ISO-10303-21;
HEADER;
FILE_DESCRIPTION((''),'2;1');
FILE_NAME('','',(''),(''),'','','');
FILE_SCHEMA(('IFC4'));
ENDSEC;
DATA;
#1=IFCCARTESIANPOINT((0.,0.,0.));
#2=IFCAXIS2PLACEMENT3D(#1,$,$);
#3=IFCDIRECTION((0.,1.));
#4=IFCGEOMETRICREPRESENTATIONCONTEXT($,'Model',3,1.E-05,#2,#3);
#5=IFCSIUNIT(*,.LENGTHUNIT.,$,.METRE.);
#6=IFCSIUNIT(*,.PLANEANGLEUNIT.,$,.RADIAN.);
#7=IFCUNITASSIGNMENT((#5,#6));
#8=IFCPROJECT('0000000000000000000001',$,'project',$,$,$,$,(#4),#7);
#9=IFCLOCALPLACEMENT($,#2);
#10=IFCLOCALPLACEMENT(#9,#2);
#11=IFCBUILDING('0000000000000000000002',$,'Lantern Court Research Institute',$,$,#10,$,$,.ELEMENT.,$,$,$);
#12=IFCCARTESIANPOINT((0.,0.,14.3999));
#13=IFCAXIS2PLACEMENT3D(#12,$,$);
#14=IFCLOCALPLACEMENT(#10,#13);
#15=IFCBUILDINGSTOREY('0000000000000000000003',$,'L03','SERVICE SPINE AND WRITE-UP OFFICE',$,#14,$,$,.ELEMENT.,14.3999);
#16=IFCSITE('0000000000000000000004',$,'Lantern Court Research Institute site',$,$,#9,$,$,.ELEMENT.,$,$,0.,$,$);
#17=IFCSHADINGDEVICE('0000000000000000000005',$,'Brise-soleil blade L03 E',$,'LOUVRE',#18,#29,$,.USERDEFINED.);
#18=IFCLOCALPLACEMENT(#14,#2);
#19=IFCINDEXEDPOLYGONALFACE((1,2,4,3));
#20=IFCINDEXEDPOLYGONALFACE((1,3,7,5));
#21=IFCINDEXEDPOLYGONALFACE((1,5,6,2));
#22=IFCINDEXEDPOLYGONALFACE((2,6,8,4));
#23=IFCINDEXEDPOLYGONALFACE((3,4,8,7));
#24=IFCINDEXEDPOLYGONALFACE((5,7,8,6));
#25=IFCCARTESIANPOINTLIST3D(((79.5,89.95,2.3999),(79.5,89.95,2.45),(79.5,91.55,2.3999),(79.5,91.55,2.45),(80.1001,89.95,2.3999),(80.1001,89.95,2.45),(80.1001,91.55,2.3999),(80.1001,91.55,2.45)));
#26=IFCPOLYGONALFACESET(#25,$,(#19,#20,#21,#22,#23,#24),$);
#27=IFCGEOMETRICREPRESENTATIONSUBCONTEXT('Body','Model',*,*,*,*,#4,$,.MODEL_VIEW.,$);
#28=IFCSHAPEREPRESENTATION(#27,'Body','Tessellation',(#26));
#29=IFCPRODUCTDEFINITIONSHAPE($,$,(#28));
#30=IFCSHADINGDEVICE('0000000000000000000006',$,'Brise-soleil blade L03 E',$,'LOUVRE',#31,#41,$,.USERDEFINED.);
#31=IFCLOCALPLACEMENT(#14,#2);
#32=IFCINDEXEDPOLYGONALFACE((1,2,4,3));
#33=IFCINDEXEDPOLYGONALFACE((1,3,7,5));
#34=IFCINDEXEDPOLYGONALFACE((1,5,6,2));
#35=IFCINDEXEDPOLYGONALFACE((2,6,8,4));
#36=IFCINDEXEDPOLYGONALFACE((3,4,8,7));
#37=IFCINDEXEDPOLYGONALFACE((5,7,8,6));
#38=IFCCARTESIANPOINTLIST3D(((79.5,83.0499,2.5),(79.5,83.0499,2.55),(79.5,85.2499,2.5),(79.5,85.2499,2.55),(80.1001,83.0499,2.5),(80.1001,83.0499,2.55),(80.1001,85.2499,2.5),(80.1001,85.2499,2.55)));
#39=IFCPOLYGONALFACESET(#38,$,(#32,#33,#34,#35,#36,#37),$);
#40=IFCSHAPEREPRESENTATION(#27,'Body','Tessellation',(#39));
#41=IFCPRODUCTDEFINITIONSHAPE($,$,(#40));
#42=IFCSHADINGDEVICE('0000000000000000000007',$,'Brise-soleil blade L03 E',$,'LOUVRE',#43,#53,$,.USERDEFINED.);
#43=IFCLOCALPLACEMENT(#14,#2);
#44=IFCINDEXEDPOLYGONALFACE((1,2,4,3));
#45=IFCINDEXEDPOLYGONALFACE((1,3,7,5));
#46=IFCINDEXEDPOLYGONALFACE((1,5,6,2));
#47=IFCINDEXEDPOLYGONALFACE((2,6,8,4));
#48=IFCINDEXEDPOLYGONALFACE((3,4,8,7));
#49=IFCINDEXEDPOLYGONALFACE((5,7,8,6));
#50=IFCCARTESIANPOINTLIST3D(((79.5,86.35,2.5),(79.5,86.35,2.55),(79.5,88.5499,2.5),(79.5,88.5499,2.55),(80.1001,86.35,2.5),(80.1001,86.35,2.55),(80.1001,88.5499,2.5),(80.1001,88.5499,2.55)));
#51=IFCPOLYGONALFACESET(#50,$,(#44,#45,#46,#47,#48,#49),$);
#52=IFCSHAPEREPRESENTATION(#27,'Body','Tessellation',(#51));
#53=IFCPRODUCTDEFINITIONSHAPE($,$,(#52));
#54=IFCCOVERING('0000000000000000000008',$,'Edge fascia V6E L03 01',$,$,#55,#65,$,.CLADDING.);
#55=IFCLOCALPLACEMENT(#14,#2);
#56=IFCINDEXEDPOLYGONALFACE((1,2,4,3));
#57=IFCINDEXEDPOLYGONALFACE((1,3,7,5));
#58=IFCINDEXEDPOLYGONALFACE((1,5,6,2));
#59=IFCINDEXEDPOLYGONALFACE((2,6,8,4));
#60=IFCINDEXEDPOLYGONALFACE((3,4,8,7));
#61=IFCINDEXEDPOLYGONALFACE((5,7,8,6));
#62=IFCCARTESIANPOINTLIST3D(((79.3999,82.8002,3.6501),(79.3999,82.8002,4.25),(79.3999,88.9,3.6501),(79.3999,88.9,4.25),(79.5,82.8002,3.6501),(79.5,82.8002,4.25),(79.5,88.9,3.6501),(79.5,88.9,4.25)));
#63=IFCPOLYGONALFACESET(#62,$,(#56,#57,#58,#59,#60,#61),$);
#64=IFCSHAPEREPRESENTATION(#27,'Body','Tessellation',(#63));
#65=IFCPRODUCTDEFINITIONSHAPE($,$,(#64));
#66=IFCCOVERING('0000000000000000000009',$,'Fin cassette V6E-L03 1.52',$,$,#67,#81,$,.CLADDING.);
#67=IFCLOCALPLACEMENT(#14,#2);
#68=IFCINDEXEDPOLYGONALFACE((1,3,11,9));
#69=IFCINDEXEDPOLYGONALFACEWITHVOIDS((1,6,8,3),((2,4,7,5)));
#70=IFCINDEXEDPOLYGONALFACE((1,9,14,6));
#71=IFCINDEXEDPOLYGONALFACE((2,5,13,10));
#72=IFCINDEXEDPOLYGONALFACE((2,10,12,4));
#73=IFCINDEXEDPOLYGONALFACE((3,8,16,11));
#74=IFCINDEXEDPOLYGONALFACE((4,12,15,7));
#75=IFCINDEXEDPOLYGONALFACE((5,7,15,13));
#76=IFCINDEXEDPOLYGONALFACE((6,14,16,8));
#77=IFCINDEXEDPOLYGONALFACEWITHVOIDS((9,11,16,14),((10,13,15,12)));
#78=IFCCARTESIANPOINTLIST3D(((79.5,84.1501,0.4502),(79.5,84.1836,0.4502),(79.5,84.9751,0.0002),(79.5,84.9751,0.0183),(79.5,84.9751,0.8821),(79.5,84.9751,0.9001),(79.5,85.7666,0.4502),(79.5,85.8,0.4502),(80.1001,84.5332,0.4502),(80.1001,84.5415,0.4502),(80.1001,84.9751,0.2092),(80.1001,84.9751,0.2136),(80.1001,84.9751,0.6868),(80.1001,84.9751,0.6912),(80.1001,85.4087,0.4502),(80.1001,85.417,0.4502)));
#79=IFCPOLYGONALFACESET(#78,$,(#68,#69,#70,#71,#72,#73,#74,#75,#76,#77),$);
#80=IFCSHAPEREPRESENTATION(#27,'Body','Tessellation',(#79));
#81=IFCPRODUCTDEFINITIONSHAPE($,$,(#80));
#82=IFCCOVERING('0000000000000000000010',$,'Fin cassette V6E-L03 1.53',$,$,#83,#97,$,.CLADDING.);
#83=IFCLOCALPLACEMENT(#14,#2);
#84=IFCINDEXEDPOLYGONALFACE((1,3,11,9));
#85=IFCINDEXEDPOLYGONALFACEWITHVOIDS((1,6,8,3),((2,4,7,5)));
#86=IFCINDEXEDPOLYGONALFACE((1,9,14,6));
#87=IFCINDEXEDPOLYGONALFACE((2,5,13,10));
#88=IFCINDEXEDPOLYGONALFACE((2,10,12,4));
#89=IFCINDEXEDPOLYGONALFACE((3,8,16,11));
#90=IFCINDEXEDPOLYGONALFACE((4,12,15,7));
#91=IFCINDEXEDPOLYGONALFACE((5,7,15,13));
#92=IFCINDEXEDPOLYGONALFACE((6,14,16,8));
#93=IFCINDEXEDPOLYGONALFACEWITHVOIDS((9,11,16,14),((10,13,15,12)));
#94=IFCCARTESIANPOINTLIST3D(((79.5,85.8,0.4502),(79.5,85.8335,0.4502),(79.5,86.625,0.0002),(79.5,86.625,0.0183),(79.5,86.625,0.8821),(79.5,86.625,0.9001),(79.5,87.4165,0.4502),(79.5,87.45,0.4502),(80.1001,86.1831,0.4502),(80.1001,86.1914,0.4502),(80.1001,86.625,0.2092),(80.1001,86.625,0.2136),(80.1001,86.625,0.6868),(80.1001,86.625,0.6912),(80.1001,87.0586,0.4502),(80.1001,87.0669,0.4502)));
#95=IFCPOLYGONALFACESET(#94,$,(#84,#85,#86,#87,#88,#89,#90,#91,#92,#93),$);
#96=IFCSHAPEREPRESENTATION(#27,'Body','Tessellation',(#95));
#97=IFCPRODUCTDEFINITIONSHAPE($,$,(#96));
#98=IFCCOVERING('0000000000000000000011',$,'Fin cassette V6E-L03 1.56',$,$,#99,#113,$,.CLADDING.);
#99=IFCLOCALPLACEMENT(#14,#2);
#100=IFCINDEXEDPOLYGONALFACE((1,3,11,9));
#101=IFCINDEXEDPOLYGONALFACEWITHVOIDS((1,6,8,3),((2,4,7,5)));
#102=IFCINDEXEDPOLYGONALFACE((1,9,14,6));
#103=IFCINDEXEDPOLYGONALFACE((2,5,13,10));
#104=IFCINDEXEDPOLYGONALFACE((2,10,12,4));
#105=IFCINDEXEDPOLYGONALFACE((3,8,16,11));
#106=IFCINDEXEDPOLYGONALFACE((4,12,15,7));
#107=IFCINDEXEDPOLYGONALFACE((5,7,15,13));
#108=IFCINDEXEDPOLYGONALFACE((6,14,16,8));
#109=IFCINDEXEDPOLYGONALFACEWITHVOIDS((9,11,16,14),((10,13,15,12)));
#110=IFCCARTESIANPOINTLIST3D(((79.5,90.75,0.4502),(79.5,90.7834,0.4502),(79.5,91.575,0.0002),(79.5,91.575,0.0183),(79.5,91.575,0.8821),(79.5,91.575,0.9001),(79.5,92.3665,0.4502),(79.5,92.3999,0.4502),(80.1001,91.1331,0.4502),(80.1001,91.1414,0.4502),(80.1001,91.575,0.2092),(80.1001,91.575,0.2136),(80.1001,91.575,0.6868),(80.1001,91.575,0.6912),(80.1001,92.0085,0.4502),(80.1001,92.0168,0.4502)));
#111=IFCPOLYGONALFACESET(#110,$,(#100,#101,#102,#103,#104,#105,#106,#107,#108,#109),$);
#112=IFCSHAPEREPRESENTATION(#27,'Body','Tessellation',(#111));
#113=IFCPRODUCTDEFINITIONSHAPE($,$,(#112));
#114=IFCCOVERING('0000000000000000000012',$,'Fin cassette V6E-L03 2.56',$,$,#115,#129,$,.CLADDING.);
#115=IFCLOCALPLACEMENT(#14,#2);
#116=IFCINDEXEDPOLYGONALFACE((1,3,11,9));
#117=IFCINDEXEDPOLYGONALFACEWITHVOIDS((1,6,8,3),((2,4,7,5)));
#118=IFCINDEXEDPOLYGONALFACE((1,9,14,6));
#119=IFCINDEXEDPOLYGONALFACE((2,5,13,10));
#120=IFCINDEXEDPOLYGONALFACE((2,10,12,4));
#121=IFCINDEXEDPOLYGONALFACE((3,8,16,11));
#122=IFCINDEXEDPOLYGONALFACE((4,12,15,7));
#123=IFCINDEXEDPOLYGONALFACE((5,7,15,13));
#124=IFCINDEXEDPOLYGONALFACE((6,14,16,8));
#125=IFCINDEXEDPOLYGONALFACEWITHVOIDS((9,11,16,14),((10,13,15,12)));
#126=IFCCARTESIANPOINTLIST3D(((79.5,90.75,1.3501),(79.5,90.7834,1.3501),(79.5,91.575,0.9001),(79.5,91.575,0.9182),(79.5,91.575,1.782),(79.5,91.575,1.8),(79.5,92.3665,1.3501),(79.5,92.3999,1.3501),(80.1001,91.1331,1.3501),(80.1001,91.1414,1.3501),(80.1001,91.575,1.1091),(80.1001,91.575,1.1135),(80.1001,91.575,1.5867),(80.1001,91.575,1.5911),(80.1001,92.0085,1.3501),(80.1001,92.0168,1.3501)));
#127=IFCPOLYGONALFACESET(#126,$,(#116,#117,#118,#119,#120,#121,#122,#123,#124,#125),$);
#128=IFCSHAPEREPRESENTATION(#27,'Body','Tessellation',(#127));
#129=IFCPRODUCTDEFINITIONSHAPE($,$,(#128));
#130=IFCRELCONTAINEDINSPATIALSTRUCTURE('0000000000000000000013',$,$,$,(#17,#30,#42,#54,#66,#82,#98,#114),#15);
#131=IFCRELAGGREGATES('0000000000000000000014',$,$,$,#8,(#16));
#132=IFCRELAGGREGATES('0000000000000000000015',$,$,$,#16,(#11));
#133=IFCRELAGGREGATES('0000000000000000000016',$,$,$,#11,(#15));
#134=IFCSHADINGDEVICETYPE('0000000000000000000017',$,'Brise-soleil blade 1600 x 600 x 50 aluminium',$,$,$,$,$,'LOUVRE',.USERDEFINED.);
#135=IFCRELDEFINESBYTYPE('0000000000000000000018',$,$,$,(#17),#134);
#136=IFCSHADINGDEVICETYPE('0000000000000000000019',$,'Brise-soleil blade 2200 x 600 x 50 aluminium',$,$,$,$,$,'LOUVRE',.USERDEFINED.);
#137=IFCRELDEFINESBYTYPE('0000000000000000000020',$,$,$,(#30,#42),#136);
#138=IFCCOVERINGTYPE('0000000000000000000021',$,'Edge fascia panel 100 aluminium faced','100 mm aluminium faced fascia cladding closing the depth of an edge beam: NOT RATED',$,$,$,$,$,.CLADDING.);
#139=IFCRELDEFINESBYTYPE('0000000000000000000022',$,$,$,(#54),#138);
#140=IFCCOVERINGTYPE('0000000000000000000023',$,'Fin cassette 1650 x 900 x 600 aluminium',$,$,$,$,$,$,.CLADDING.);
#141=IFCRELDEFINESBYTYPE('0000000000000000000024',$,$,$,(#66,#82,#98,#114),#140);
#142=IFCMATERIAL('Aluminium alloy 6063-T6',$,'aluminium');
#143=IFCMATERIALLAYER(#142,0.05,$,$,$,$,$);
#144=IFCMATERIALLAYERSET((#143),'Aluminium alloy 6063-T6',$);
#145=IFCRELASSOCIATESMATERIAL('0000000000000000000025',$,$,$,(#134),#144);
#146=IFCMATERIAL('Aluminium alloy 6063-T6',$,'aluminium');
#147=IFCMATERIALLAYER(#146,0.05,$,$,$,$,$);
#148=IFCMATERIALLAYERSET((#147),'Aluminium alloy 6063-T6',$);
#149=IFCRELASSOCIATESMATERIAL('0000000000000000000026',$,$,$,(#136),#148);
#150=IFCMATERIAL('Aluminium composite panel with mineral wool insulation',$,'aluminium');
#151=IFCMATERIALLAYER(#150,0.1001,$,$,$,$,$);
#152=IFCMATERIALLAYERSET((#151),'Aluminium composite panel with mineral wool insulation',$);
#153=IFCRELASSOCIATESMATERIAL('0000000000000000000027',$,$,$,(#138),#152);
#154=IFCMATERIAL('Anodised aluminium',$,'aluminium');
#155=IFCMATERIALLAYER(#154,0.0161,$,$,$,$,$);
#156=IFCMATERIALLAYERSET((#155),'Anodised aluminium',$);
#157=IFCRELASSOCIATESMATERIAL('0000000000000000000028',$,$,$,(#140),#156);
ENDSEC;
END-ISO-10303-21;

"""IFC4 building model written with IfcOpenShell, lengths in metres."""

from ifc_helpers import new_model, entity, si_unit, direction, frame, frame_2d, origin, origin_2d, place, context, subcontext, project, spatial, rectangle, extrude, material, layer, layer_set, type_object, element, save


model = new_model("IFC4")

# Units and contexts
model_context = context("Model", 3, precision=1e-05, world=origin(), true_north=direction((0.0, 1.0)))
body_context = subcontext(model_context, "Body", "Model", "MODEL_VIEW")
ifc_project = project(units=[si_unit("LENGTHUNIT", "METRE"), si_unit("PLANEANGLEUNIT", "RADIAN")], contexts=[model_context])

# Site, building, storey
site_placement = place(None, origin())
site = spatial("IfcSite", under=ifc_project, at=site_placement, Name="Lantern Court Research Institute site", CompositionType="ELEMENT", RefElevation=0.0)
building_placement = place(site_placement, origin())
building = spatial("IfcBuilding", under=site, at=building_placement, Name="Lantern Court Research Institute", CompositionType="ELEMENT")
storey_placement = place(building_placement, frame((0.0, 0.0, 14.3999)))
storey = spatial("IfcBuildingStorey", under=building, at=storey_placement, Name="L03", Description="SERVICE SPINE AND WRITE-UP OFFICE", CompositionType="ELEMENT", Elevation=14.3999)

# Shading devices
ifc_material_1 = material(Name="Aluminium alloy 6063-T6", Category="aluminium")
ifc_layer_1 = layer(ifc_material_1, 0.05)
ifc_layer_set_1 = layer_set([ifc_layer_1], Name="Aluminium alloy 6063-T6")
shading_device_type_1 = type_object("IfcShadingDeviceType", Name="Brise-soleil blade 1600 x 600 x 50 aluminium", ElementType="LOUVRE", PredefinedType="USERDEFINED", material=ifc_layer_set_1)
shading_device_placement = place(storey_placement, frame((79.8, 90.75, 2.3999), z_axis=(0.0, 0.0, 1.0), x_axis=(0.0, -1.0, 0.0)))
element("IfcShadingDevice", 1, at=shading_device_placement, inside=storey, type_object=shading_device_type_1, Name="Brise-soleil blade L03 E", ObjectType="LOUVRE", PredefinedType="USERDEFINED", context=body_context, shape_type="SweptSolid", body=[
    extrude(rectangle(XDim=1.6001, YDim=0.6001, at=origin_2d()), origin(), (0.0, 0.0, 1.0), 0.05),
])
ifc_material_2 = material(Name="Aluminium alloy 6063-T6", Category="aluminium")
ifc_layer_2 = layer(ifc_material_2, 0.05)
ifc_layer_set_2 = layer_set([ifc_layer_2], Name="Aluminium alloy 6063-T6")
shading_device_type_2 = type_object("IfcShadingDeviceType", Name="Brise-soleil blade 2200 x 600 x 50 aluminium", ElementType="LOUVRE", PredefinedType="USERDEFINED", material=ifc_layer_set_2)
for number, where, z_axis, x_axis, name in (
    (2, (79.8, 84.1499, 2.5), (0.0, 0.0, 1.0), (0.0, -1.0, 0.0), "Brise-soleil blade L03 E"),
    (3, (79.8, 87.45, 2.5), (0.0, 0.0, 1.0), (0.0, -1.0, 0.0), "Brise-soleil blade L03 E"),
):
    element("IfcShadingDevice", number, at=place(storey_placement, frame(where, z_axis=z_axis, x_axis=x_axis)), inside=storey, type_object=shading_device_type_2, Name=name, ObjectType="LOUVRE", PredefinedType="USERDEFINED", context=body_context, shape_type="SweptSolid", body=[
        extrude(rectangle(XDim=2.2, YDim=0.6001, at=origin_2d()), origin(), (0.0, 0.0, 1.0), 0.05),
    ])

# Coverings
ifc_material_3 = material(Name="Aluminium composite panel with mineral wool insulation", Category="aluminium")
ifc_layer_3 = layer(ifc_material_3, 0.1001)
ifc_layer_set_3 = layer_set([ifc_layer_3], Name="Aluminium composite panel with mineral wool insulation")
covering_type_1 = type_object("IfcCoveringType", Name="Edge fascia panel 100 aluminium faced", Description="100 mm aluminium faced fascia cladding closing the depth of an edge beam: NOT RATED", PredefinedType="CLADDING", material=ifc_layer_set_3)
covering_1_placement = place(storey_placement, frame((79.45, 88.8999, 3.6501), z_axis=(0.0, 0.0, 1.0), x_axis=(0.0, -1.0, 0.0)))
element("IfcCovering", 4, at=covering_1_placement, inside=storey, type_object=covering_type_1, Name="Edge fascia V6E L03 01", PredefinedType="CLADDING", context=body_context, shape_type="SweptSolid", body=[
    extrude(rectangle(XDim=6.0999, YDim=0.1001, at=frame_2d((3.0498, 0.0))), origin(), (0.0, 0.0, 1.0), 0.5999),
])
ifc_material_4 = material(Name="Anodised aluminium", Category="aluminium")
ifc_layer_4 = layer(ifc_material_4, 0.0161)
ifc_layer_set_4 = layer_set([ifc_layer_4], Name="Anodised aluminium")
covering_type_2 = type_object("IfcCoveringType", Name="Fin cassette 1650 x 900 x 600 aluminium", PredefinedType="CLADDING", material=ifc_layer_set_4)
covering_2_placement = place(storey_placement, frame((79.5, 84.9751, 0.4502), z_axis=(1.0, 0.0, 0.0), x_axis=(0.0, 1.0, 0.0)))
cartesian_point_1 = entity("IfcCartesianPoint", [0.825, 0.0])
cartesian_point_2 = entity("IfcCartesianPoint", [0.7915, 0.0])
cartesian_point_3 = entity("IfcCartesianPoint", [0.4419, 0.0])
cartesian_point_4 = entity("IfcCartesianPoint", [0.4336, 0.0])
element("IfcCovering", 5, at=covering_2_placement, inside=storey, type_object=covering_type_2, Name="Fin cassette V6E-L03 1.52", PredefinedType="CLADDING", context=body_context, shape_type="SweptSolid", body=[
    entity("IfcExtrudedAreaSolidTapered", entity("IfcArbitraryProfileDefWithVoids", "AREA", None, entity("IfcPolyline", [cartesian_point_1, entity("IfcCartesianPoint", [0.0, 0.45]), entity("IfcCartesianPoint", [-0.825, 0.0]), entity("IfcCartesianPoint", [0.0, -0.45]), cartesian_point_1]), [entity("IfcPolyline", [cartesian_point_2, entity("IfcCartesianPoint", [0.0, 0.4319]), entity("IfcCartesianPoint", [-0.7915, 0.0]), entity("IfcCartesianPoint", [0.0, -0.4319]), cartesian_point_2])]), entity("IfcAxis2Placement3D", entity("IfcCartesianPoint", [0.0, 0.0, 0.0])), entity("IfcDirection", [0.0, 0.0, 1.0]), 0.6001, entity("IfcArbitraryProfileDefWithVoids", "AREA", None, entity("IfcPolyline", [cartesian_point_3, entity("IfcCartesianPoint", [0.0, 0.241]), entity("IfcCartesianPoint", [-0.4419, 0.0]), entity("IfcCartesianPoint", [0.0, -0.241]), cartesian_point_3]), [entity("IfcPolyline", [cartesian_point_4, entity("IfcCartesianPoint", [0.0, 0.2366]), entity("IfcCartesianPoint", [-0.4336, 0.0]), entity("IfcCartesianPoint", [0.0, -0.2366]), cartesian_point_4])])),
])
covering_3_placement = place(storey_placement, frame((79.5, 86.625, 0.4502), z_axis=(1.0, 0.0, 0.0), x_axis=(0.0, 1.0, 0.0)))
cartesian_point_5 = entity("IfcCartesianPoint", [0.825, 0.0])
cartesian_point_6 = entity("IfcCartesianPoint", [0.7915, 0.0])
cartesian_point_7 = entity("IfcCartesianPoint", [0.4419, 0.0])
cartesian_point_8 = entity("IfcCartesianPoint", [0.4336, 0.0])
element("IfcCovering", 6, at=covering_3_placement, inside=storey, type_object=covering_type_2, Name="Fin cassette V6E-L03 1.53", PredefinedType="CLADDING", context=body_context, shape_type="SweptSolid", body=[
    entity("IfcExtrudedAreaSolidTapered", entity("IfcArbitraryProfileDefWithVoids", "AREA", None, entity("IfcPolyline", [cartesian_point_5, entity("IfcCartesianPoint", [0.0, 0.45]), entity("IfcCartesianPoint", [-0.825, 0.0]), entity("IfcCartesianPoint", [0.0, -0.45]), cartesian_point_5]), [entity("IfcPolyline", [cartesian_point_6, entity("IfcCartesianPoint", [0.0, 0.4319]), entity("IfcCartesianPoint", [-0.7915, 0.0]), entity("IfcCartesianPoint", [0.0, -0.4319]), cartesian_point_6])]), entity("IfcAxis2Placement3D", entity("IfcCartesianPoint", [0.0, 0.0, 0.0])), entity("IfcDirection", [0.0, 0.0, 1.0]), 0.6001, entity("IfcArbitraryProfileDefWithVoids", "AREA", None, entity("IfcPolyline", [cartesian_point_7, entity("IfcCartesianPoint", [0.0, 0.241]), entity("IfcCartesianPoint", [-0.4419, 0.0]), entity("IfcCartesianPoint", [0.0, -0.241]), cartesian_point_7]), [entity("IfcPolyline", [cartesian_point_8, entity("IfcCartesianPoint", [0.0, 0.2366]), entity("IfcCartesianPoint", [-0.4336, 0.0]), entity("IfcCartesianPoint", [0.0, -0.2366]), cartesian_point_8])])),
])
covering_4_placement = place(storey_placement, frame((79.5, 91.575, 0.4502), z_axis=(1.0, 0.0, 0.0), x_axis=(0.0, 1.0, 0.0)))
cartesian_point_9 = entity("IfcCartesianPoint", [0.825, 0.0])
cartesian_point_10 = entity("IfcCartesianPoint", [0.7915, 0.0])
cartesian_point_11 = entity("IfcCartesianPoint", [0.4419, 0.0])
cartesian_point_12 = entity("IfcCartesianPoint", [0.4336, 0.0])
element("IfcCovering", 7, at=covering_4_placement, inside=storey, type_object=covering_type_2, Name="Fin cassette V6E-L03 1.56", PredefinedType="CLADDING", context=body_context, shape_type="SweptSolid", body=[
    entity("IfcExtrudedAreaSolidTapered", entity("IfcArbitraryProfileDefWithVoids", "AREA", None, entity("IfcPolyline", [cartesian_point_9, entity("IfcCartesianPoint", [0.0, 0.45]), entity("IfcCartesianPoint", [-0.825, 0.0]), entity("IfcCartesianPoint", [0.0, -0.45]), cartesian_point_9]), [entity("IfcPolyline", [cartesian_point_10, entity("IfcCartesianPoint", [0.0, 0.4319]), entity("IfcCartesianPoint", [-0.7915, 0.0]), entity("IfcCartesianPoint", [0.0, -0.4319]), cartesian_point_10])]), entity("IfcAxis2Placement3D", entity("IfcCartesianPoint", [0.0, 0.0, 0.0])), entity("IfcDirection", [0.0, 0.0, 1.0]), 0.6001, entity("IfcArbitraryProfileDefWithVoids", "AREA", None, entity("IfcPolyline", [cartesian_point_11, entity("IfcCartesianPoint", [0.0, 0.241]), entity("IfcCartesianPoint", [-0.4419, 0.0]), entity("IfcCartesianPoint", [0.0, -0.241]), cartesian_point_11]), [entity("IfcPolyline", [cartesian_point_12, entity("IfcCartesianPoint", [0.0, 0.2366]), entity("IfcCartesianPoint", [-0.4336, 0.0]), entity("IfcCartesianPoint", [0.0, -0.2366]), cartesian_point_12])])),
])
covering_5_placement = place(storey_placement, frame((79.5, 91.575, 1.3501), z_axis=(1.0, 0.0, 0.0), x_axis=(0.0, 1.0, 0.0)))
cartesian_point_13 = entity("IfcCartesianPoint", [0.825, 0.0])
cartesian_point_14 = entity("IfcCartesianPoint", [0.7915, 0.0])
cartesian_point_15 = entity("IfcCartesianPoint", [0.4419, 0.0])
cartesian_point_16 = entity("IfcCartesianPoint", [0.4336, 0.0])
element("IfcCovering", 8, at=covering_5_placement, inside=storey, type_object=covering_type_2, Name="Fin cassette V6E-L03 2.56", PredefinedType="CLADDING", context=body_context, shape_type="SweptSolid", body=[
    entity("IfcExtrudedAreaSolidTapered", entity("IfcArbitraryProfileDefWithVoids", "AREA", None, entity("IfcPolyline", [cartesian_point_13, entity("IfcCartesianPoint", [0.0, 0.45]), entity("IfcCartesianPoint", [-0.825, 0.0]), entity("IfcCartesianPoint", [0.0, -0.45]), cartesian_point_13]), [entity("IfcPolyline", [cartesian_point_14, entity("IfcCartesianPoint", [0.0, 0.4319]), entity("IfcCartesianPoint", [-0.7915, 0.0]), entity("IfcCartesianPoint", [0.0, -0.4319]), cartesian_point_14])]), entity("IfcAxis2Placement3D", entity("IfcCartesianPoint", [0.0, 0.0, 0.0])), entity("IfcDirection", [0.0, 0.0, 1.0]), 0.6001, entity("IfcArbitraryProfileDefWithVoids", "AREA", None, entity("IfcPolyline", [cartesian_point_15, entity("IfcCartesianPoint", [0.0, 0.241]), entity("IfcCartesianPoint", [-0.4419, 0.0]), entity("IfcCartesianPoint", [0.0, -0.241]), cartesian_point_15]), [entity("IfcPolyline", [cartesian_point_16, entity("IfcCartesianPoint", [0.0, 0.2366]), entity("IfcCartesianPoint", [-0.4336, 0.0]), entity("IfcCartesianPoint", [0.0, -0.2366]), cartesian_point_16])])),
])

save(model, "model.ifc")
